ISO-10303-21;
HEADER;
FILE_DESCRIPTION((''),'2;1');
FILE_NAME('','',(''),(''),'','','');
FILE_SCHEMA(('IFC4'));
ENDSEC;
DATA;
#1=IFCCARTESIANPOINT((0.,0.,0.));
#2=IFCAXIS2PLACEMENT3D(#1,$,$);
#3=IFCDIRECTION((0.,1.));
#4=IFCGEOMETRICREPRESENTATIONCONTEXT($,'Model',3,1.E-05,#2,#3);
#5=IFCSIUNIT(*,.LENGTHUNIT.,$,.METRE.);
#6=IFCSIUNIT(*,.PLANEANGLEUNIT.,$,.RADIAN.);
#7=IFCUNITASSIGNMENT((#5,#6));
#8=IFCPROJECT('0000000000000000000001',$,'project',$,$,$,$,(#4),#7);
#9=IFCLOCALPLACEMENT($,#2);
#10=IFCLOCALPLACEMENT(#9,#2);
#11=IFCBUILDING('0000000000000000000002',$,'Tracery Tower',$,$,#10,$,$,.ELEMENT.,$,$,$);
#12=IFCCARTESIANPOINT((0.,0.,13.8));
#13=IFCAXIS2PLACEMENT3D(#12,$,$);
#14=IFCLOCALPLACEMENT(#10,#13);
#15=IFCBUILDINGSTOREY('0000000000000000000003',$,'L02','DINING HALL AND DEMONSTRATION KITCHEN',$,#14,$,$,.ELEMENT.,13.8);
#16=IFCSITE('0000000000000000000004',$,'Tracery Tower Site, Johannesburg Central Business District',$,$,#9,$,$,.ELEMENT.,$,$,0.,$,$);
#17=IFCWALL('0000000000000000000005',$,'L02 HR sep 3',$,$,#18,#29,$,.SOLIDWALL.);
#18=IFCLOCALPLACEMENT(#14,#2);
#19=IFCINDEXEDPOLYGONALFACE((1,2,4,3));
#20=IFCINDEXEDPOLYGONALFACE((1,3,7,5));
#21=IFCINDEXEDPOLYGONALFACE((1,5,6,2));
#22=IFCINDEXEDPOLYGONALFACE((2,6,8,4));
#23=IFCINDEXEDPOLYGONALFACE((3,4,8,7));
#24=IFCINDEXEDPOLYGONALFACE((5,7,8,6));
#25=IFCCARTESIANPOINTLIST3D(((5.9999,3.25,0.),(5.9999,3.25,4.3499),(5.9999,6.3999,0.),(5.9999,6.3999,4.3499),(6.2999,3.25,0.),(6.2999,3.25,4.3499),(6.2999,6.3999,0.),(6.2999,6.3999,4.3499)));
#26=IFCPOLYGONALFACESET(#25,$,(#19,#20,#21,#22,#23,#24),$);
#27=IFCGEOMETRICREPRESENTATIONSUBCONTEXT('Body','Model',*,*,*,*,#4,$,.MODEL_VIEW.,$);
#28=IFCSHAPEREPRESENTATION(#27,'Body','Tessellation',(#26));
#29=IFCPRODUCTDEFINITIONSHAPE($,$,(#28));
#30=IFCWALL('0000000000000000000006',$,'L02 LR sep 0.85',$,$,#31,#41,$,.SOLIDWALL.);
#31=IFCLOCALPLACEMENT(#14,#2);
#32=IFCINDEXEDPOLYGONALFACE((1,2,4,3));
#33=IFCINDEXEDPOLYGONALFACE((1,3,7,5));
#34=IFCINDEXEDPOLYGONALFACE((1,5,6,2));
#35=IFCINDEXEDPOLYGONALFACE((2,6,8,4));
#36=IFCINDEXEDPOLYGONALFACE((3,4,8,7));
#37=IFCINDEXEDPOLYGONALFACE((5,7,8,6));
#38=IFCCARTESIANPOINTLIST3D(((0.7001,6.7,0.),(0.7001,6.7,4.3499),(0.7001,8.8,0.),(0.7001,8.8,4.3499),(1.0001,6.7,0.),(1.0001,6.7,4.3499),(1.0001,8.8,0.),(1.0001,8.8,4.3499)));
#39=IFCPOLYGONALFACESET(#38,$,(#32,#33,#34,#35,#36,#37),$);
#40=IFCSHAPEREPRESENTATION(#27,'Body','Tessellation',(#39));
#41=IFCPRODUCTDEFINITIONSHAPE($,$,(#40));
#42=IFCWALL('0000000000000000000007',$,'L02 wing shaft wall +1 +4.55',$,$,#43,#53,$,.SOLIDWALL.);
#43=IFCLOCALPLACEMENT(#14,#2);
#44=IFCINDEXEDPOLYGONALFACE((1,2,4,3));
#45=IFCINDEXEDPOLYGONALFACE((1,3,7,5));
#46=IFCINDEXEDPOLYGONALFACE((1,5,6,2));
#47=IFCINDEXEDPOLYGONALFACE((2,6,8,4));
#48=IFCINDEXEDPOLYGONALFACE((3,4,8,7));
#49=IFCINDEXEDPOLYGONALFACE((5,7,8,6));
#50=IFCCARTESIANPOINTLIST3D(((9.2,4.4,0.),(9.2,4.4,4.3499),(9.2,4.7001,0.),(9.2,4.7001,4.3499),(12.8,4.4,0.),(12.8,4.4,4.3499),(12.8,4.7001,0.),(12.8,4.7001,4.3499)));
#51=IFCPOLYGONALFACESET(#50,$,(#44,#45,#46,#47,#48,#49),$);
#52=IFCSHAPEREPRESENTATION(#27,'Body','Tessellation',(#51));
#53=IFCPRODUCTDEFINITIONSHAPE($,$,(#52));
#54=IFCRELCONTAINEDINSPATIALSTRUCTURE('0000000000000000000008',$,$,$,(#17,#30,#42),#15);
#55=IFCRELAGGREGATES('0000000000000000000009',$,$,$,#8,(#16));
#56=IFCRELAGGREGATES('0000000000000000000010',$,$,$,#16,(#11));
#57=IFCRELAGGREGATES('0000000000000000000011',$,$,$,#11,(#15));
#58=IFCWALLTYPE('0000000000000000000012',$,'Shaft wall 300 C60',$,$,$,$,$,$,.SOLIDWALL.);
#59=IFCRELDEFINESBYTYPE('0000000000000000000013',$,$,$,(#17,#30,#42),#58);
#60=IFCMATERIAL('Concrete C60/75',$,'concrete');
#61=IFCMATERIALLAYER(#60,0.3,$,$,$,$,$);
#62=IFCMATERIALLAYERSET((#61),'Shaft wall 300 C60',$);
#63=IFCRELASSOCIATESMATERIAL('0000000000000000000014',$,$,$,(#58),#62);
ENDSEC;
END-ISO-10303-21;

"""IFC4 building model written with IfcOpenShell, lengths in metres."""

from ifc_helpers import new_model, si_unit, direction, frame, frame_2d, origin, place, context, subcontext, project, spatial, rectangle, extrude, material, layer, layer_set, type_object, element, save


model = new_model("IFC4")

# Units and contexts
model_context = context("Model", 3, precision=1e-05, world=origin(), true_north=direction((0.0, 1.0)))
body_context = subcontext(model_context, "Body", "Model", "MODEL_VIEW")
ifc_project = project(units=[si_unit("LENGTHUNIT", "METRE"), si_unit("PLANEANGLEUNIT", "RADIAN")], contexts=[model_context])

# Site, building, storey
site_placement = place(None, origin())
site = spatial("IfcSite", under=ifc_project, at=site_placement, Name="Tracery Tower Site, Johannesburg Central Business District", CompositionType="ELEMENT", RefElevation=0.0)
building_placement = place(site_placement, origin())
building = spatial("IfcBuilding", under=site, at=building_placement, Name="Tracery Tower", CompositionType="ELEMENT")
storey_placement = place(building_placement, frame((0.0, 0.0, 13.8)))
storey = spatial("IfcBuildingStorey", under=building, at=storey_placement, Name="L02", Description="DINING HALL AND DEMONSTRATION KITCHEN", CompositionType="ELEMENT", Elevation=13.8)

# Walls
ifc_material_1 = material(Name="Concrete C60/75", Category="concrete")
ifc_layer_1 = layer(ifc_material_1, 0.3)
ifc_layer_set_1 = layer_set([ifc_layer_1], Name="Shaft wall 300 C60")
wall_type_1 = type_object("IfcWallType", Name="Shaft wall 300 C60", PredefinedType="SOLIDWALL", material=ifc_layer_set_1)
for number, where, z_axis, x_axis, name in (
    (1, (6.1499, 3.25, 0.0), (0.0, 0.0, 1.0), (0.0, 1.0, 0.0), "L02 HR sep 3"),
):
    element("IfcWall", number, at=place(storey_placement, frame(where, z_axis=z_axis, x_axis=x_axis)), inside=storey, type_object=wall_type_1, Name=name, PredefinedType="SOLIDWALL", context=body_context, shape_type="SweptSolid", body=[
        extrude(rectangle(XDim=3.1499, YDim=0.3, at=frame_2d((1.575, 0.0))), origin(), (0.0, 0.0, 1.0), 4.3499),
    ])
wall_1_placement = place(storey_placement, frame((0.8501, 6.7, 0.0), z_axis=(0.0, 0.0, 1.0), x_axis=(0.0, 1.0, 0.0)))
element("IfcWall", 2, at=wall_1_placement, inside=storey, type_object=wall_type_1, Name="L02 LR sep 0.85", PredefinedType="SOLIDWALL", context=body_context, shape_type="SweptSolid", body=[
    extrude(rectangle(XDim=2.1001, YDim=0.3, at=frame_2d((1.05, 0.0))), origin(), (0.0, 0.0, 1.0), 4.3499),
])
wall_2_placement = place(storey_placement, frame((9.2, 4.55, 0.0), z_axis=(0.0, 0.0, 1.0), x_axis=(1.0, 0.0, 0.0)))
element("IfcWall", 3, at=wall_2_placement, inside=storey, type_object=wall_type_1, Name="L02 wing shaft wall +1 +4.55", PredefinedType="SOLIDWALL", context=body_context, shape_type="SweptSolid", body=[
    extrude(rectangle(XDim=3.6001, YDim=0.3, at=frame_2d((1.8, 0.0))), origin(), (0.0, 0.0, 1.0), 4.3499),
])

save(model, "model.ifc")
